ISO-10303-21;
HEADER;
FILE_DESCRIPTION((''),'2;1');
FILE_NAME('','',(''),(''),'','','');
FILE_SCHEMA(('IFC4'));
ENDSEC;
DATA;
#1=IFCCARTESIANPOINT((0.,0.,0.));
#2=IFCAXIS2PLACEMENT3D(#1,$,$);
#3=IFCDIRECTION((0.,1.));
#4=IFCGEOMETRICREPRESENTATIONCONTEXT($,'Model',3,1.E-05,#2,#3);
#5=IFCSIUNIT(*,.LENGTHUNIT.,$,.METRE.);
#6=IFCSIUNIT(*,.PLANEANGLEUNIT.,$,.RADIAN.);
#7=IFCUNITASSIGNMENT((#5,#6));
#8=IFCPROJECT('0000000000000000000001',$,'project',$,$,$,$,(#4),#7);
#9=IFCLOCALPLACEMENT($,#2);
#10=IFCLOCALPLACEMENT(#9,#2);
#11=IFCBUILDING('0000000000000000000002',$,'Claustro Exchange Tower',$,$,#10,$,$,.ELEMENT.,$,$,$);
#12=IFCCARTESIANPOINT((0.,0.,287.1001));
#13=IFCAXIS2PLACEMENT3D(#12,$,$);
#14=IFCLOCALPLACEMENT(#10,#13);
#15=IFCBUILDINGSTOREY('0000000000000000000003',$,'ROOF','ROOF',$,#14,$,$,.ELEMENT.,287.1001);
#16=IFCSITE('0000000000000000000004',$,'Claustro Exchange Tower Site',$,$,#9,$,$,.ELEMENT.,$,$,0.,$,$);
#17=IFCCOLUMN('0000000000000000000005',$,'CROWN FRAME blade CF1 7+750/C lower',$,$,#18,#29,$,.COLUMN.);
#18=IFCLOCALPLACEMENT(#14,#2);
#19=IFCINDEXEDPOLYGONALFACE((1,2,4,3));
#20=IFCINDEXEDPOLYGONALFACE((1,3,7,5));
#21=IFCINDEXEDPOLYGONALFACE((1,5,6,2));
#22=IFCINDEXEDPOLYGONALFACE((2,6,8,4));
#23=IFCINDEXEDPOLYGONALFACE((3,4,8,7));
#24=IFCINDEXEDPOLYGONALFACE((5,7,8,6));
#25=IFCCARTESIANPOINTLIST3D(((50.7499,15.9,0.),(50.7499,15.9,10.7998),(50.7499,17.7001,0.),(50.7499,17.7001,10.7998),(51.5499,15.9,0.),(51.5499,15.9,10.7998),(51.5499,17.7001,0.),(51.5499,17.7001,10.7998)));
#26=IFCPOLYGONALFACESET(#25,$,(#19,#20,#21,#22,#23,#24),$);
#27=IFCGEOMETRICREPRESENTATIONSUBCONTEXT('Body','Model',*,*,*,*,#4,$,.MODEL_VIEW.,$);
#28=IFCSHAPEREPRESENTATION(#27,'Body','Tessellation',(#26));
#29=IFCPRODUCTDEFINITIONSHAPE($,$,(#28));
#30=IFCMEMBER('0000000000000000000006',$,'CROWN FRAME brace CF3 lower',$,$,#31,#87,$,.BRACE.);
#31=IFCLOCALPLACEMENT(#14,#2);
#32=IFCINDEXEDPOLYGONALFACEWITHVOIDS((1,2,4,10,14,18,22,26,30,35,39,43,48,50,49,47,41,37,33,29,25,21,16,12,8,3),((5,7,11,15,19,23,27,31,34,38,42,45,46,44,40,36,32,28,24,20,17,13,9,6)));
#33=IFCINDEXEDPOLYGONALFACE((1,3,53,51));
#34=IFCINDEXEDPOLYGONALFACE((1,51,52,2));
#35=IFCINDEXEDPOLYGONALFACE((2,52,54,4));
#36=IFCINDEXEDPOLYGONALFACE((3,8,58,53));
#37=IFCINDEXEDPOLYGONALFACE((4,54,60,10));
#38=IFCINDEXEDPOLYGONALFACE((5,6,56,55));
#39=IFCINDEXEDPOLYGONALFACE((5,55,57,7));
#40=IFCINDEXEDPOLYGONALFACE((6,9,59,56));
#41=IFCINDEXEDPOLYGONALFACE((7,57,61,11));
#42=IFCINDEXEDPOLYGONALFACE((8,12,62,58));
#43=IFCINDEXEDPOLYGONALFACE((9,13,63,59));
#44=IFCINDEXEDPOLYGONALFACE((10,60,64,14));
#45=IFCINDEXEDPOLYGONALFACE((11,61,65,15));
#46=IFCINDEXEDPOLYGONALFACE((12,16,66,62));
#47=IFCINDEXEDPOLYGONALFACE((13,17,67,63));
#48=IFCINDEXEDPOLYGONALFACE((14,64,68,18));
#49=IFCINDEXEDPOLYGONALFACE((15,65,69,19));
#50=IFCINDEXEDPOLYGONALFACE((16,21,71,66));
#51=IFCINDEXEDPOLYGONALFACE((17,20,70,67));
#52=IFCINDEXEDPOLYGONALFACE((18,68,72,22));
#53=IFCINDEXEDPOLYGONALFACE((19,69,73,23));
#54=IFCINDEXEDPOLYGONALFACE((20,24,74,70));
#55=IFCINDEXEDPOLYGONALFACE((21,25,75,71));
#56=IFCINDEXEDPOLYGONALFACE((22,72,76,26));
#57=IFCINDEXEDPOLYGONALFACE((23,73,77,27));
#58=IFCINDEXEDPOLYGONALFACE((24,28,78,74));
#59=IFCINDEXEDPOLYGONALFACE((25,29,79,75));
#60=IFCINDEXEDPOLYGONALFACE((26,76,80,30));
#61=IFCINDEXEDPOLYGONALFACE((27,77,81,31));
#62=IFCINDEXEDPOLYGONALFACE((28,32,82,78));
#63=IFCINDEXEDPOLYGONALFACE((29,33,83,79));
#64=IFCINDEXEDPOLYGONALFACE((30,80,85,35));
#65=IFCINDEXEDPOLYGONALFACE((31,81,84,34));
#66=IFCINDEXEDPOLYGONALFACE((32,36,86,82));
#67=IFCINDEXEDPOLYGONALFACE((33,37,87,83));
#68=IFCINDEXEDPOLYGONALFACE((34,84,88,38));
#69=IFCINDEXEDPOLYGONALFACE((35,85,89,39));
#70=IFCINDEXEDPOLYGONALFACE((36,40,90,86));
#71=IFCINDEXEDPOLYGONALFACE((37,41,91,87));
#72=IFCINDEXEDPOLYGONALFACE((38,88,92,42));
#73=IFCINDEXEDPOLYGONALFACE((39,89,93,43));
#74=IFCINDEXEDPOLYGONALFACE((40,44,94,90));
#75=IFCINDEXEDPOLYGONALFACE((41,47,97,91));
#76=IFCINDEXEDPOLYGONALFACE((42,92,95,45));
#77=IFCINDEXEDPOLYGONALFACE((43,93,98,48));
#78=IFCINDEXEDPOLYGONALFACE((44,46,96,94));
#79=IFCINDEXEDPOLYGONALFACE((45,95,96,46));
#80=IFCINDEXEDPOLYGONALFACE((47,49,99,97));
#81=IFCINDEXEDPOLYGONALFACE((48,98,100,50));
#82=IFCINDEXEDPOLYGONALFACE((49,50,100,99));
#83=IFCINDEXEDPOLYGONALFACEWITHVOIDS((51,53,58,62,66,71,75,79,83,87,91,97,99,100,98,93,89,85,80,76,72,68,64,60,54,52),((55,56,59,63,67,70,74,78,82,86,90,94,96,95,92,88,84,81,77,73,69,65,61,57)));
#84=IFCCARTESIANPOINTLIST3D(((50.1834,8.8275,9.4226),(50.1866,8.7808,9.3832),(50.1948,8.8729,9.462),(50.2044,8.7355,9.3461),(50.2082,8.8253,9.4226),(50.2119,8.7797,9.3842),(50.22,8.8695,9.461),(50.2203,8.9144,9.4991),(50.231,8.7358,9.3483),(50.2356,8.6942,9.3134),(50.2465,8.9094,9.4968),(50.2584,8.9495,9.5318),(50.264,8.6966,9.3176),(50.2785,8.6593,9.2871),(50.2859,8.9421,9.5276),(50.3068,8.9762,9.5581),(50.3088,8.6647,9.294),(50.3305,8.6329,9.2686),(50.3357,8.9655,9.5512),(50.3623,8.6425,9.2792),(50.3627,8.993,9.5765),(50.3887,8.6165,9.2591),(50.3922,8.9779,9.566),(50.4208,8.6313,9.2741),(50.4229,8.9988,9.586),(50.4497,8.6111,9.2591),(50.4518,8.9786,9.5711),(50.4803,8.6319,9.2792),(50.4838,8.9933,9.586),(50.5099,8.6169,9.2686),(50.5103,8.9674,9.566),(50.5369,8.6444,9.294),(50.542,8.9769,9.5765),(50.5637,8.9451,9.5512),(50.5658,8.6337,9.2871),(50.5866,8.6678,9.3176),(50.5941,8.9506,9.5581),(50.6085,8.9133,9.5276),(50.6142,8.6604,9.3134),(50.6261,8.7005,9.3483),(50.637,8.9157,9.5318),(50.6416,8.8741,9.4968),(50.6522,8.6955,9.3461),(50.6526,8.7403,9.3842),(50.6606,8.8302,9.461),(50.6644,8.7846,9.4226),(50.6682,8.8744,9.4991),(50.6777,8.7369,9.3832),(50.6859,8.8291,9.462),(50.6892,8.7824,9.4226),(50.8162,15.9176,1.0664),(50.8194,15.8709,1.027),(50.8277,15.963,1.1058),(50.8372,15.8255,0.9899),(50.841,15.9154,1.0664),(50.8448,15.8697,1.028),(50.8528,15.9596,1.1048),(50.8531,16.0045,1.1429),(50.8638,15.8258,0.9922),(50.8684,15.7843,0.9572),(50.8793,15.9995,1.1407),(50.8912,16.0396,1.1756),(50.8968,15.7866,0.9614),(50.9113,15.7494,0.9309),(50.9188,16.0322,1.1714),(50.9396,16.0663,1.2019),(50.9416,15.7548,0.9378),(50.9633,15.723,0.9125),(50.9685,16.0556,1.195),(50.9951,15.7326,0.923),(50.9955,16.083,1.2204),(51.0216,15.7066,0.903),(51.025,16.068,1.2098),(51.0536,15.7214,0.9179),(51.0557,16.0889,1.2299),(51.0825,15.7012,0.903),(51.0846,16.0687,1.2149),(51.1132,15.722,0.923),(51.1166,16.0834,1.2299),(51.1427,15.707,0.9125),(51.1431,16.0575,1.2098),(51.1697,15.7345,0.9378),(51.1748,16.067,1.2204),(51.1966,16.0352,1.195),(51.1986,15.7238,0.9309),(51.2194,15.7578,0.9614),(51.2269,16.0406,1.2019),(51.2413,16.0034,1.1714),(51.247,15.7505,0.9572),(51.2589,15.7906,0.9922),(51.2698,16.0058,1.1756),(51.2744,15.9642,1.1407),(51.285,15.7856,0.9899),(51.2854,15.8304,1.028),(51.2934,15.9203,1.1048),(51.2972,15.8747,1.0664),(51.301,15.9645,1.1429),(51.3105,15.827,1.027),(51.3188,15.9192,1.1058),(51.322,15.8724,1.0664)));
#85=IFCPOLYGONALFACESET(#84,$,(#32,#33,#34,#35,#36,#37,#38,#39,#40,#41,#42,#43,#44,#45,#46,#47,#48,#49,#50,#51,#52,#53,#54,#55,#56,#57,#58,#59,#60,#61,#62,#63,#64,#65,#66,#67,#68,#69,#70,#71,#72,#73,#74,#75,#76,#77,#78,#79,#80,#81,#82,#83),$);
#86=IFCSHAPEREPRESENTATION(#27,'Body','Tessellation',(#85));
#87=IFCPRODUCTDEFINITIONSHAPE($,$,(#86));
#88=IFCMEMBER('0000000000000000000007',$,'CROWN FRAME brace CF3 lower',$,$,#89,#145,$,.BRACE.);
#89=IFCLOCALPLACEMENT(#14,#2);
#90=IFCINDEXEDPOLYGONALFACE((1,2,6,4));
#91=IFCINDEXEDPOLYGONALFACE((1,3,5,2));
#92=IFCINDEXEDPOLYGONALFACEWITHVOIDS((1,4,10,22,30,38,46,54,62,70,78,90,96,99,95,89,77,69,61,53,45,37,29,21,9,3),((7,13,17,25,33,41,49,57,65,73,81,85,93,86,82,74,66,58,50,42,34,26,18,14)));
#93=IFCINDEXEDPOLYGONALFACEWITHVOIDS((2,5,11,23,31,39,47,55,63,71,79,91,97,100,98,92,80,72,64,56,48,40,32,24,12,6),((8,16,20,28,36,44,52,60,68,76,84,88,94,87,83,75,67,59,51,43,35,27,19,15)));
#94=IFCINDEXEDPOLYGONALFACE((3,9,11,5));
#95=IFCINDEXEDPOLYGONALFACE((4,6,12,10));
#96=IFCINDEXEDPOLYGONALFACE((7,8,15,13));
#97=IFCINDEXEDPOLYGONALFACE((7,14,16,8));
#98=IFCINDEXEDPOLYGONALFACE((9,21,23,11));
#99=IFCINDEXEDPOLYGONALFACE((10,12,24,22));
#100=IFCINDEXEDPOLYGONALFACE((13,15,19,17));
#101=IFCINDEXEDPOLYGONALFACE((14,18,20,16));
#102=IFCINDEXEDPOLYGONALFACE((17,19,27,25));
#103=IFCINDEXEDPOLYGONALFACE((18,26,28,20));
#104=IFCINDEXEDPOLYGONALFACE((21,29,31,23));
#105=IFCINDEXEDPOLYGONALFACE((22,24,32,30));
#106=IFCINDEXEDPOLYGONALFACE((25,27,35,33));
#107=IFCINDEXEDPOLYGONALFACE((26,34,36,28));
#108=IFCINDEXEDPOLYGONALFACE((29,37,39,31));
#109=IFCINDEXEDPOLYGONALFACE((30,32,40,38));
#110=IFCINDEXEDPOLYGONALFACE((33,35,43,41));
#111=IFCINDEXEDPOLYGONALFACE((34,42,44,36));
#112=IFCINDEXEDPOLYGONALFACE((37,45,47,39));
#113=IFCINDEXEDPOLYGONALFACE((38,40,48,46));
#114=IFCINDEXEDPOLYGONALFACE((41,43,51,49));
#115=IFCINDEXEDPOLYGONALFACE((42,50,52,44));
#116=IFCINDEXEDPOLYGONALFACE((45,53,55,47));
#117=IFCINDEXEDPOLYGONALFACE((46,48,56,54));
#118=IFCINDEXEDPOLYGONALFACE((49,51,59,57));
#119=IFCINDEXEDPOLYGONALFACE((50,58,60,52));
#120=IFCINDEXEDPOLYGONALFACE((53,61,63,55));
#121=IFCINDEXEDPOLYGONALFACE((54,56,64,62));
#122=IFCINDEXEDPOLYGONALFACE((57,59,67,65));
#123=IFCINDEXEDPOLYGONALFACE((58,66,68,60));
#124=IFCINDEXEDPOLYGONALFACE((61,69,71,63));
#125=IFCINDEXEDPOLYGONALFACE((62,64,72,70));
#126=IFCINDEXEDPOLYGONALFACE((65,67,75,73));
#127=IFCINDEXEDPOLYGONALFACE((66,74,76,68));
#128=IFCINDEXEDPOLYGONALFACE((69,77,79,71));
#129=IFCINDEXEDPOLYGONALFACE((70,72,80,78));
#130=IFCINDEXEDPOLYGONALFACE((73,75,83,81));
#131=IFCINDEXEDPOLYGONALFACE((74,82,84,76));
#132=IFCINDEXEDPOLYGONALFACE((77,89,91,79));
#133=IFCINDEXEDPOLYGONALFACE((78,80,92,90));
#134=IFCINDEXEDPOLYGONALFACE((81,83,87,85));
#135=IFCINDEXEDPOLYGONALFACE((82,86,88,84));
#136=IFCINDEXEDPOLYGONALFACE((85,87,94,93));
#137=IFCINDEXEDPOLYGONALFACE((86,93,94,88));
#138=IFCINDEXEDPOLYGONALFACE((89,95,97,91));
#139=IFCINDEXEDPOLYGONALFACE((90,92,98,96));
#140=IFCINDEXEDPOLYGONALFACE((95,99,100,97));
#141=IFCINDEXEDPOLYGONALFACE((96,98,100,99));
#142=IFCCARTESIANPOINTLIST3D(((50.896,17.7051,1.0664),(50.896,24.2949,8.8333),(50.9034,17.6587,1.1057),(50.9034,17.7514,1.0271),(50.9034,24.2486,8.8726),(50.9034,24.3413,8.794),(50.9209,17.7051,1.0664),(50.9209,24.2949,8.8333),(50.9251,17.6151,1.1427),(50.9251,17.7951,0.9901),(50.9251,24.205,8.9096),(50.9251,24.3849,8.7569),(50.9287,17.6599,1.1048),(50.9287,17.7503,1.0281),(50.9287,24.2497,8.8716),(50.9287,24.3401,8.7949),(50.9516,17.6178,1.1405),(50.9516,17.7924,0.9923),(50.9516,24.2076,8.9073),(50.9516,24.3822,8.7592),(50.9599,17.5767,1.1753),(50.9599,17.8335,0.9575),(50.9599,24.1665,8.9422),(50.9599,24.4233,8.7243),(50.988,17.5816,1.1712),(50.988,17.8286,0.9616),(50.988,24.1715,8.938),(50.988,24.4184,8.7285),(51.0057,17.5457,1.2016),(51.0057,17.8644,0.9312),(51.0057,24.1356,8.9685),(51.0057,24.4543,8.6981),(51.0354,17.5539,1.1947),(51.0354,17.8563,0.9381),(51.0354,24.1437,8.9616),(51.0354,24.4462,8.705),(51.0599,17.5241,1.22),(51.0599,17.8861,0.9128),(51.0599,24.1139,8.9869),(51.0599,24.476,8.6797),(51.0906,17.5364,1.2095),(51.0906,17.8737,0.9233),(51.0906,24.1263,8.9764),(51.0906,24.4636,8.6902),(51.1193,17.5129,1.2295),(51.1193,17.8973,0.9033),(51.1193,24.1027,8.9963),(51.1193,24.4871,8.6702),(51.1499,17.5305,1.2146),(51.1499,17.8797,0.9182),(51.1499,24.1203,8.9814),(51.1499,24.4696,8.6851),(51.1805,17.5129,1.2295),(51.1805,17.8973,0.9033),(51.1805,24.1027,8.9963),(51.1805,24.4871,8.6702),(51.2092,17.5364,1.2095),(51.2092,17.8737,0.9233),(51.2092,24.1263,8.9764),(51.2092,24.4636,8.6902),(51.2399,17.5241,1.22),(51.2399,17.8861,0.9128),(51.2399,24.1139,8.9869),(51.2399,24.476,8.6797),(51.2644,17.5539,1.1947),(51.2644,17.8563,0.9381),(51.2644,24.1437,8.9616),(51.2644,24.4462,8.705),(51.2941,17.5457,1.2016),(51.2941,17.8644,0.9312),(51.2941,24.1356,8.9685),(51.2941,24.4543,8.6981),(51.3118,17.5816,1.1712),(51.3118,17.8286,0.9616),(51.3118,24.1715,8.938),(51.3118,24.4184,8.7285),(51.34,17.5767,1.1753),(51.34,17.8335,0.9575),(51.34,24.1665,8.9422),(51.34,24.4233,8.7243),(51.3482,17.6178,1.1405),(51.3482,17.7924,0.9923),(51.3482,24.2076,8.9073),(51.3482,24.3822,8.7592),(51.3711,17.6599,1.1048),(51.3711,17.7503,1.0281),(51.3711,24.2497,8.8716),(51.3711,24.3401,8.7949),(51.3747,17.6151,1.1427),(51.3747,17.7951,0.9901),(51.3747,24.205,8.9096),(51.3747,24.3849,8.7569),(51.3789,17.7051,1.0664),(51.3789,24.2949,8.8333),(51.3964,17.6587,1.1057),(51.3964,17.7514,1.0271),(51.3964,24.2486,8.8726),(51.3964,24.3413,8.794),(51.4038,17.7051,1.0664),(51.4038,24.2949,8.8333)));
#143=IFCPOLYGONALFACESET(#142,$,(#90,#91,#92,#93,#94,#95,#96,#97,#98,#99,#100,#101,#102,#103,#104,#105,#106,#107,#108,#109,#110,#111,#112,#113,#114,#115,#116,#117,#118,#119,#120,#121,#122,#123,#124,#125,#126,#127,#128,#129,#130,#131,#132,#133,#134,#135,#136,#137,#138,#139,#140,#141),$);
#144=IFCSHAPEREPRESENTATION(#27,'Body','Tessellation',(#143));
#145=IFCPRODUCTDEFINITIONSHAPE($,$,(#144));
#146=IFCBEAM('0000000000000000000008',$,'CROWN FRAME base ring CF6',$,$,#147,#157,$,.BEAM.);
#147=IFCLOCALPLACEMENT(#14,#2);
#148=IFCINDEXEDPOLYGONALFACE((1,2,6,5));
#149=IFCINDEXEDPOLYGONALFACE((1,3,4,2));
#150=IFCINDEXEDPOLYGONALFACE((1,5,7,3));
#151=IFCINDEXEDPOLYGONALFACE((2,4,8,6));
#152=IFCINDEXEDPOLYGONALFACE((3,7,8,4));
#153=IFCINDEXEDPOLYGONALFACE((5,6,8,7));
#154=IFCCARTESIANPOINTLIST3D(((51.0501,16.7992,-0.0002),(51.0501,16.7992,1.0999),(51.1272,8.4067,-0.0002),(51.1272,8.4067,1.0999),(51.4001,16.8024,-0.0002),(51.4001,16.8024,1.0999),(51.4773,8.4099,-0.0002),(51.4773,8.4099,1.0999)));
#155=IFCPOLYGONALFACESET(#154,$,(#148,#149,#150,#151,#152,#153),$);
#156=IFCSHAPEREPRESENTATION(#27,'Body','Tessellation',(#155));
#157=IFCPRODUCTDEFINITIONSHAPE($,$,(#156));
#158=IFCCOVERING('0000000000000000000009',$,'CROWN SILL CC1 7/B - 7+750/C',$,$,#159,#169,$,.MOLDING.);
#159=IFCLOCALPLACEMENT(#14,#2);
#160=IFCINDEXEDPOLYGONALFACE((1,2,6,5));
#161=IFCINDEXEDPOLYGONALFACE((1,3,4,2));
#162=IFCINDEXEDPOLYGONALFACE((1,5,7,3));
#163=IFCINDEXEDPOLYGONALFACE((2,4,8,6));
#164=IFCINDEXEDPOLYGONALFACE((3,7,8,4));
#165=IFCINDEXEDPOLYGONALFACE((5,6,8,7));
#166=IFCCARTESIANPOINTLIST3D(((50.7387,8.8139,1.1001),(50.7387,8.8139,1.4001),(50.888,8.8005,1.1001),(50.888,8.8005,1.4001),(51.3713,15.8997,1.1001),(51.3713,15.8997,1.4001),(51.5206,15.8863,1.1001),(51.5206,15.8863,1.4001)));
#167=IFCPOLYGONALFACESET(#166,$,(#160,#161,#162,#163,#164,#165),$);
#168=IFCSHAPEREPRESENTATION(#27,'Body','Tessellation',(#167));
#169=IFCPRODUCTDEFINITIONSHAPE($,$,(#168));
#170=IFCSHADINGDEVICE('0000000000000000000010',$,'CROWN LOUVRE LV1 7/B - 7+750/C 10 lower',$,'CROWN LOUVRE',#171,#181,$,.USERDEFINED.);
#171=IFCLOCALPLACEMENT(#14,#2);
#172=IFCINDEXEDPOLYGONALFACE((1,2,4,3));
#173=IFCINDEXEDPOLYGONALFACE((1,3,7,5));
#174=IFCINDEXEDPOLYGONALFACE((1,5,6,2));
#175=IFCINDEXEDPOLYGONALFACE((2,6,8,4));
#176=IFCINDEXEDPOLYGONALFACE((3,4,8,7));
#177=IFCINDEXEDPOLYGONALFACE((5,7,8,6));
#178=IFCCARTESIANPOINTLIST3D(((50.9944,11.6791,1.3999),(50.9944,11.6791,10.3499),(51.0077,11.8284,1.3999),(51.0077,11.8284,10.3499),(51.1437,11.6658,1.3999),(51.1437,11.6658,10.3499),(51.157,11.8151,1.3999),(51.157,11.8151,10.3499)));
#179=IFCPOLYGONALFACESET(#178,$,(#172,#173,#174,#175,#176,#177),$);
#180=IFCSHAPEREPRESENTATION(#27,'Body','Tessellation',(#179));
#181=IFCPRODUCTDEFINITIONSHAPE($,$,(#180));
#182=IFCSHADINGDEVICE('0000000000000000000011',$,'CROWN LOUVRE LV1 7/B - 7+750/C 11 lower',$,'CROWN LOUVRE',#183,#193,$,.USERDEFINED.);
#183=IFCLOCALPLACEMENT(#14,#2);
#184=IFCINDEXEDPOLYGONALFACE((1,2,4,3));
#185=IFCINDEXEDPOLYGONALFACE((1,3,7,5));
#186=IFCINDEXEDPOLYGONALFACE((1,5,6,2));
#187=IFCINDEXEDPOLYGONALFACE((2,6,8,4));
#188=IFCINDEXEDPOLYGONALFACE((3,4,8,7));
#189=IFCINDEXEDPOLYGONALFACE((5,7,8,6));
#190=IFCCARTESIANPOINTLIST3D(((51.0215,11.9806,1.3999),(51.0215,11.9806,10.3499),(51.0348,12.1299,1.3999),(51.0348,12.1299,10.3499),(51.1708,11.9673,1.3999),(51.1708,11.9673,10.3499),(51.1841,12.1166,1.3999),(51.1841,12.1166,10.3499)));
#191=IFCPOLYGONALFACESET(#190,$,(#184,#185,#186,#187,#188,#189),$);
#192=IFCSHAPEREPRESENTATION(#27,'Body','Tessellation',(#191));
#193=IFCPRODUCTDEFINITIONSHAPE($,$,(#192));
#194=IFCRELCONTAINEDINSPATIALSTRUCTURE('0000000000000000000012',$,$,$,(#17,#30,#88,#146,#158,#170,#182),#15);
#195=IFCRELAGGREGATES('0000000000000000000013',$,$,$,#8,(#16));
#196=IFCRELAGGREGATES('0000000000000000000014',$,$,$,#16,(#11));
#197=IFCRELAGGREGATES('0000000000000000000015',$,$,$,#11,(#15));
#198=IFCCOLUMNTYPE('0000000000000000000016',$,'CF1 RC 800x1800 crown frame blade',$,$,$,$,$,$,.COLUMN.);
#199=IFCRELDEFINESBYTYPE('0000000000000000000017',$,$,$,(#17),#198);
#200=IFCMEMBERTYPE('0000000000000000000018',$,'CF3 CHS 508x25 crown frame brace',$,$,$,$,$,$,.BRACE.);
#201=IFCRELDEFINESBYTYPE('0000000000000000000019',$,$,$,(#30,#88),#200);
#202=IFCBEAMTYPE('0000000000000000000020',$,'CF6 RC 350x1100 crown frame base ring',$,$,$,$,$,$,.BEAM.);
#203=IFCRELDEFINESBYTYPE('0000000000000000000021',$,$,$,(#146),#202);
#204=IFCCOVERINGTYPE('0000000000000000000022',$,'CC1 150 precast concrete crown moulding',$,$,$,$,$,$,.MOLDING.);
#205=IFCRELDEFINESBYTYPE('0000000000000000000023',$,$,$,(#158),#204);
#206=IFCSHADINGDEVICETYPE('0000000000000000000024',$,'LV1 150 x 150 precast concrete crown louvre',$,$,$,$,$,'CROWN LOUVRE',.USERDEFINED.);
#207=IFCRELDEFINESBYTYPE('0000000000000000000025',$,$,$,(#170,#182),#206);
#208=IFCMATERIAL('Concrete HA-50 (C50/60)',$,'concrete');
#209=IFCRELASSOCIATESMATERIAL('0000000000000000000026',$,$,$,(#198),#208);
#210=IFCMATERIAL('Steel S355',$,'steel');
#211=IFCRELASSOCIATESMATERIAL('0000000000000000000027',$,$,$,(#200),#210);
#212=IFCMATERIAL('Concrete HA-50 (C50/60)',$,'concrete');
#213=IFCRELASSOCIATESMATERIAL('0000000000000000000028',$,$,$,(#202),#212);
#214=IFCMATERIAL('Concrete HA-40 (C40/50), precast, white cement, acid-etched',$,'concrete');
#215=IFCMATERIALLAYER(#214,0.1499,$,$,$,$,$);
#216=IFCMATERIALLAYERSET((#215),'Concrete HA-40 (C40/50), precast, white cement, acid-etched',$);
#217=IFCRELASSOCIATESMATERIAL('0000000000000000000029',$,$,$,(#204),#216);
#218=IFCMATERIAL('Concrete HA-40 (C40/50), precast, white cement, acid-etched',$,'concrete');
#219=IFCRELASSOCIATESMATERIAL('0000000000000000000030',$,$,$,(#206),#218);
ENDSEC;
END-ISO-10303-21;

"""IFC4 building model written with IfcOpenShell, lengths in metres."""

from ifc_helpers import new_model, si_unit, direction, frame, origin, origin_2d, place, context, subcontext, project, spatial, rectangle, hollow_circle, extrude, material, layer, layer_set, material_profile, profile_set, type_object, element, save


model = new_model("IFC4")

# Units and contexts
model_context = context("Model", 3, precision=1e-05, world=origin(), true_north=direction((0.0, 1.0)))
body_context = subcontext(model_context, "Body", "Model", "MODEL_VIEW")
ifc_project = project(units=[si_unit("LENGTHUNIT", "METRE"), si_unit("PLANEANGLEUNIT", "RADIAN")], contexts=[model_context])

# Site, building, storey
site_placement = place(None, origin())
site = spatial("IfcSite", under=ifc_project, at=site_placement, Name="Claustro Exchange Tower Site", CompositionType="ELEMENT", RefElevation=0.0)
building_placement = place(site_placement, origin())
building = spatial("IfcBuilding", under=site, at=building_placement, Name="Claustro Exchange Tower", CompositionType="ELEMENT")
storey_placement = place(building_placement, frame((0.0, 0.0, 287.1001)))
storey = spatial("IfcBuildingStorey", under=building, at=storey_placement, Name="ROOF", Description="ROOF", CompositionType="ELEMENT", Elevation=287.1001)

# Column
ifc_material_1 = material(Name="Concrete HA-50 (C50/60)", Category="concrete")
ifc_material_profile_1 = material_profile(ifc_material_1, rectangle(XDim=0.8, YDim=1.8, at=origin_2d()), Name="RC 800x1800")
ifc_profile_set_1 = profile_set([ifc_material_profile_1], Name="Concrete HA-50 (C50/60)")
column_type = type_object("IfcColumnType", Name="CF1 RC 800x1800 crown frame blade", PredefinedType="COLUMN", material=ifc_profile_set_1)
column_placement = place(storey_placement, frame((51.1499, 16.8, 0.0), z_axis=(0.0, 0.0, 1.0), x_axis=(1.0, 0.0, 0.0)))
element("IfcColumn", 1, at=column_placement, inside=storey, type_object=column_type, Name="CROWN FRAME blade CF1 7+750/C lower", PredefinedType="COLUMN", context=body_context, shape_type="SweptSolid", body=[
    extrude(rectangle(XDim=0.8, YDim=1.8, at=origin_2d()), origin(), (0.0, 0.0, 1.0), 10.7998),
])

# Members
ifc_material_2 = material(Name="Steel S355", Category="steel")
ifc_material_profile_2 = material_profile(ifc_material_2, hollow_circle(Radius=0.2539, WallThickness=0.0249, at=origin_2d()), Name="CHS 508x25")
ifc_profile_set_2 = profile_set([ifc_material_profile_2], Name="Steel S355")
member_type = type_object("IfcMemberType", Name="CF3 CHS 508x25 crown frame brace", PredefinedType="BRACE", material=ifc_profile_set_2)
member_1_placement = place(storey_placement, frame((51.0691, 15.895, 1.0664), z_axis=(-0.057649, -0.6459, 0.761242), x_axis=(0.996041, -0.0889, 0.0)))
element("IfcMember", 2, at=member_1_placement, inside=storey, type_object=member_type, Name="CROWN FRAME brace CF3 lower", PredefinedType="BRACE", context=body_context, shape_type="SweptSolid", body=[
    extrude(hollow_circle(Radius=0.2539, WallThickness=0.0249, at=origin_2d()), origin(), (0.0, 0.0, 1.0), 10.9771),
])
member_2_placement = place(storey_placement, frame((51.1499, 17.7051, 1.0664), z_axis=(0.0, 0.646966, 0.762519), x_axis=(-1.0, 0.0, 0.0)))
element("IfcMember", 3, at=member_2_placement, inside=storey, type_object=member_type, Name="CROWN FRAME brace CF3 lower", PredefinedType="BRACE", context=body_context, shape_type="SweptSolid", body=[
    extrude(hollow_circle(Radius=0.2539, WallThickness=0.0249, at=origin_2d()), origin(), (0.0, 0.0, 1.0), 10.1858),
])

# Beam
ifc_material_3 = material(Name="Concrete HA-50 (C50/60)", Category="concrete")
ifc_material_profile_3 = material_profile(ifc_material_3, rectangle(XDim=0.3501, YDim=1.1001, at=origin_2d()), Name="RC 350x1100")
ifc_profile_set_3 = profile_set([ifc_material_profile_3], Name="Concrete HA-50 (C50/60)")
beam_type = type_object("IfcBeamType", Name="CF6 RC 350x1100 crown frame base ring", PredefinedType="BEAM", material=ifc_profile_set_3)
beam_placement = place(storey_placement, frame((51.2251, 16.8008, 0.5498), z_axis=(0.009192, -0.999958, 0.0), x_axis=(0.999958, 0.009192, 0.0)))
element("IfcBeam", 4, at=beam_placement, inside=storey, type_object=beam_type, Name="CROWN FRAME base ring CF6", PredefinedType="BEAM", context=body_context, shape_type="SweptSolid", body=[
    extrude(rectangle(XDim=0.3501, YDim=1.1001, at=origin_2d()), origin(), (0.0, 0.0, 1.0), 8.3928),
])

# Covering
ifc_material_4 = material(Name="Concrete HA-40 (C40/50), precast, white cement, acid-etched", Category="concrete")
ifc_layer_1 = layer(ifc_material_4, 0.1499)
ifc_layer_set_1 = layer_set([ifc_layer_1], Name="Concrete HA-40 (C40/50), precast, white cement, acid-etched")
covering_type = type_object("IfcCoveringType", Name="CC1 150 precast concrete crown moulding", PredefinedType="MOLDING", material=ifc_layer_set_1)
covering_placement = place(storey_placement, frame((51.1296, 12.3501, 1.1001), z_axis=(0.0, 0.0, 1.0), x_axis=(0.088933, 0.996038, 0.0)))
element("IfcCovering", 5, at=covering_placement, inside=storey, type_object=covering_type, Name="CROWN SILL CC1 7/B - 7+750/C", PredefinedType="MOLDING", context=body_context, shape_type="SweptSolid", body=[
    extrude(rectangle(XDim=7.114, YDim=0.1499, at=origin_2d()), origin(), (0.0, 0.0, 1.0), 0.3),
])

# Shading devices
ifc_material_5 = material(Name="Concrete HA-40 (C40/50), precast, white cement, acid-etched", Category="concrete")
shading_device_type = type_object("IfcShadingDeviceType", Name="LV1 150 x 150 precast concrete crown louvre", ElementType="CROWN LOUVRE", PredefinedType="USERDEFINED", material=ifc_material_5)
for number, where, z_axis, x_axis, name in (
    (6, (51.0757, 11.7471, 1.3999), (0.0, 0.0, 1.0), (0.088933, 0.996038, 0.0), "CROWN LOUVRE LV1 7/B - 7+750/C 10 lower"),
    (7, (51.1028, 12.0486, 1.3999), (0.0, 0.0, 1.0), (0.088933, 0.996038, 0.0), "CROWN LOUVRE LV1 7/B - 7+750/C 11 lower"),
):
    element("IfcShadingDevice", number, at=place(storey_placement, frame(where, z_axis=z_axis, x_axis=x_axis)), inside=storey, type_object=shading_device_type, Name=name, ObjectType="CROWN LOUVRE", PredefinedType="USERDEFINED", context=body_context, shape_type="SweptSolid", body=[
        extrude(rectangle(XDim=0.1499, YDim=0.1499, at=origin_2d()), origin(), (0.0, 0.0, 1.0), 8.95),
    ])

save(model, "model.ifc")
